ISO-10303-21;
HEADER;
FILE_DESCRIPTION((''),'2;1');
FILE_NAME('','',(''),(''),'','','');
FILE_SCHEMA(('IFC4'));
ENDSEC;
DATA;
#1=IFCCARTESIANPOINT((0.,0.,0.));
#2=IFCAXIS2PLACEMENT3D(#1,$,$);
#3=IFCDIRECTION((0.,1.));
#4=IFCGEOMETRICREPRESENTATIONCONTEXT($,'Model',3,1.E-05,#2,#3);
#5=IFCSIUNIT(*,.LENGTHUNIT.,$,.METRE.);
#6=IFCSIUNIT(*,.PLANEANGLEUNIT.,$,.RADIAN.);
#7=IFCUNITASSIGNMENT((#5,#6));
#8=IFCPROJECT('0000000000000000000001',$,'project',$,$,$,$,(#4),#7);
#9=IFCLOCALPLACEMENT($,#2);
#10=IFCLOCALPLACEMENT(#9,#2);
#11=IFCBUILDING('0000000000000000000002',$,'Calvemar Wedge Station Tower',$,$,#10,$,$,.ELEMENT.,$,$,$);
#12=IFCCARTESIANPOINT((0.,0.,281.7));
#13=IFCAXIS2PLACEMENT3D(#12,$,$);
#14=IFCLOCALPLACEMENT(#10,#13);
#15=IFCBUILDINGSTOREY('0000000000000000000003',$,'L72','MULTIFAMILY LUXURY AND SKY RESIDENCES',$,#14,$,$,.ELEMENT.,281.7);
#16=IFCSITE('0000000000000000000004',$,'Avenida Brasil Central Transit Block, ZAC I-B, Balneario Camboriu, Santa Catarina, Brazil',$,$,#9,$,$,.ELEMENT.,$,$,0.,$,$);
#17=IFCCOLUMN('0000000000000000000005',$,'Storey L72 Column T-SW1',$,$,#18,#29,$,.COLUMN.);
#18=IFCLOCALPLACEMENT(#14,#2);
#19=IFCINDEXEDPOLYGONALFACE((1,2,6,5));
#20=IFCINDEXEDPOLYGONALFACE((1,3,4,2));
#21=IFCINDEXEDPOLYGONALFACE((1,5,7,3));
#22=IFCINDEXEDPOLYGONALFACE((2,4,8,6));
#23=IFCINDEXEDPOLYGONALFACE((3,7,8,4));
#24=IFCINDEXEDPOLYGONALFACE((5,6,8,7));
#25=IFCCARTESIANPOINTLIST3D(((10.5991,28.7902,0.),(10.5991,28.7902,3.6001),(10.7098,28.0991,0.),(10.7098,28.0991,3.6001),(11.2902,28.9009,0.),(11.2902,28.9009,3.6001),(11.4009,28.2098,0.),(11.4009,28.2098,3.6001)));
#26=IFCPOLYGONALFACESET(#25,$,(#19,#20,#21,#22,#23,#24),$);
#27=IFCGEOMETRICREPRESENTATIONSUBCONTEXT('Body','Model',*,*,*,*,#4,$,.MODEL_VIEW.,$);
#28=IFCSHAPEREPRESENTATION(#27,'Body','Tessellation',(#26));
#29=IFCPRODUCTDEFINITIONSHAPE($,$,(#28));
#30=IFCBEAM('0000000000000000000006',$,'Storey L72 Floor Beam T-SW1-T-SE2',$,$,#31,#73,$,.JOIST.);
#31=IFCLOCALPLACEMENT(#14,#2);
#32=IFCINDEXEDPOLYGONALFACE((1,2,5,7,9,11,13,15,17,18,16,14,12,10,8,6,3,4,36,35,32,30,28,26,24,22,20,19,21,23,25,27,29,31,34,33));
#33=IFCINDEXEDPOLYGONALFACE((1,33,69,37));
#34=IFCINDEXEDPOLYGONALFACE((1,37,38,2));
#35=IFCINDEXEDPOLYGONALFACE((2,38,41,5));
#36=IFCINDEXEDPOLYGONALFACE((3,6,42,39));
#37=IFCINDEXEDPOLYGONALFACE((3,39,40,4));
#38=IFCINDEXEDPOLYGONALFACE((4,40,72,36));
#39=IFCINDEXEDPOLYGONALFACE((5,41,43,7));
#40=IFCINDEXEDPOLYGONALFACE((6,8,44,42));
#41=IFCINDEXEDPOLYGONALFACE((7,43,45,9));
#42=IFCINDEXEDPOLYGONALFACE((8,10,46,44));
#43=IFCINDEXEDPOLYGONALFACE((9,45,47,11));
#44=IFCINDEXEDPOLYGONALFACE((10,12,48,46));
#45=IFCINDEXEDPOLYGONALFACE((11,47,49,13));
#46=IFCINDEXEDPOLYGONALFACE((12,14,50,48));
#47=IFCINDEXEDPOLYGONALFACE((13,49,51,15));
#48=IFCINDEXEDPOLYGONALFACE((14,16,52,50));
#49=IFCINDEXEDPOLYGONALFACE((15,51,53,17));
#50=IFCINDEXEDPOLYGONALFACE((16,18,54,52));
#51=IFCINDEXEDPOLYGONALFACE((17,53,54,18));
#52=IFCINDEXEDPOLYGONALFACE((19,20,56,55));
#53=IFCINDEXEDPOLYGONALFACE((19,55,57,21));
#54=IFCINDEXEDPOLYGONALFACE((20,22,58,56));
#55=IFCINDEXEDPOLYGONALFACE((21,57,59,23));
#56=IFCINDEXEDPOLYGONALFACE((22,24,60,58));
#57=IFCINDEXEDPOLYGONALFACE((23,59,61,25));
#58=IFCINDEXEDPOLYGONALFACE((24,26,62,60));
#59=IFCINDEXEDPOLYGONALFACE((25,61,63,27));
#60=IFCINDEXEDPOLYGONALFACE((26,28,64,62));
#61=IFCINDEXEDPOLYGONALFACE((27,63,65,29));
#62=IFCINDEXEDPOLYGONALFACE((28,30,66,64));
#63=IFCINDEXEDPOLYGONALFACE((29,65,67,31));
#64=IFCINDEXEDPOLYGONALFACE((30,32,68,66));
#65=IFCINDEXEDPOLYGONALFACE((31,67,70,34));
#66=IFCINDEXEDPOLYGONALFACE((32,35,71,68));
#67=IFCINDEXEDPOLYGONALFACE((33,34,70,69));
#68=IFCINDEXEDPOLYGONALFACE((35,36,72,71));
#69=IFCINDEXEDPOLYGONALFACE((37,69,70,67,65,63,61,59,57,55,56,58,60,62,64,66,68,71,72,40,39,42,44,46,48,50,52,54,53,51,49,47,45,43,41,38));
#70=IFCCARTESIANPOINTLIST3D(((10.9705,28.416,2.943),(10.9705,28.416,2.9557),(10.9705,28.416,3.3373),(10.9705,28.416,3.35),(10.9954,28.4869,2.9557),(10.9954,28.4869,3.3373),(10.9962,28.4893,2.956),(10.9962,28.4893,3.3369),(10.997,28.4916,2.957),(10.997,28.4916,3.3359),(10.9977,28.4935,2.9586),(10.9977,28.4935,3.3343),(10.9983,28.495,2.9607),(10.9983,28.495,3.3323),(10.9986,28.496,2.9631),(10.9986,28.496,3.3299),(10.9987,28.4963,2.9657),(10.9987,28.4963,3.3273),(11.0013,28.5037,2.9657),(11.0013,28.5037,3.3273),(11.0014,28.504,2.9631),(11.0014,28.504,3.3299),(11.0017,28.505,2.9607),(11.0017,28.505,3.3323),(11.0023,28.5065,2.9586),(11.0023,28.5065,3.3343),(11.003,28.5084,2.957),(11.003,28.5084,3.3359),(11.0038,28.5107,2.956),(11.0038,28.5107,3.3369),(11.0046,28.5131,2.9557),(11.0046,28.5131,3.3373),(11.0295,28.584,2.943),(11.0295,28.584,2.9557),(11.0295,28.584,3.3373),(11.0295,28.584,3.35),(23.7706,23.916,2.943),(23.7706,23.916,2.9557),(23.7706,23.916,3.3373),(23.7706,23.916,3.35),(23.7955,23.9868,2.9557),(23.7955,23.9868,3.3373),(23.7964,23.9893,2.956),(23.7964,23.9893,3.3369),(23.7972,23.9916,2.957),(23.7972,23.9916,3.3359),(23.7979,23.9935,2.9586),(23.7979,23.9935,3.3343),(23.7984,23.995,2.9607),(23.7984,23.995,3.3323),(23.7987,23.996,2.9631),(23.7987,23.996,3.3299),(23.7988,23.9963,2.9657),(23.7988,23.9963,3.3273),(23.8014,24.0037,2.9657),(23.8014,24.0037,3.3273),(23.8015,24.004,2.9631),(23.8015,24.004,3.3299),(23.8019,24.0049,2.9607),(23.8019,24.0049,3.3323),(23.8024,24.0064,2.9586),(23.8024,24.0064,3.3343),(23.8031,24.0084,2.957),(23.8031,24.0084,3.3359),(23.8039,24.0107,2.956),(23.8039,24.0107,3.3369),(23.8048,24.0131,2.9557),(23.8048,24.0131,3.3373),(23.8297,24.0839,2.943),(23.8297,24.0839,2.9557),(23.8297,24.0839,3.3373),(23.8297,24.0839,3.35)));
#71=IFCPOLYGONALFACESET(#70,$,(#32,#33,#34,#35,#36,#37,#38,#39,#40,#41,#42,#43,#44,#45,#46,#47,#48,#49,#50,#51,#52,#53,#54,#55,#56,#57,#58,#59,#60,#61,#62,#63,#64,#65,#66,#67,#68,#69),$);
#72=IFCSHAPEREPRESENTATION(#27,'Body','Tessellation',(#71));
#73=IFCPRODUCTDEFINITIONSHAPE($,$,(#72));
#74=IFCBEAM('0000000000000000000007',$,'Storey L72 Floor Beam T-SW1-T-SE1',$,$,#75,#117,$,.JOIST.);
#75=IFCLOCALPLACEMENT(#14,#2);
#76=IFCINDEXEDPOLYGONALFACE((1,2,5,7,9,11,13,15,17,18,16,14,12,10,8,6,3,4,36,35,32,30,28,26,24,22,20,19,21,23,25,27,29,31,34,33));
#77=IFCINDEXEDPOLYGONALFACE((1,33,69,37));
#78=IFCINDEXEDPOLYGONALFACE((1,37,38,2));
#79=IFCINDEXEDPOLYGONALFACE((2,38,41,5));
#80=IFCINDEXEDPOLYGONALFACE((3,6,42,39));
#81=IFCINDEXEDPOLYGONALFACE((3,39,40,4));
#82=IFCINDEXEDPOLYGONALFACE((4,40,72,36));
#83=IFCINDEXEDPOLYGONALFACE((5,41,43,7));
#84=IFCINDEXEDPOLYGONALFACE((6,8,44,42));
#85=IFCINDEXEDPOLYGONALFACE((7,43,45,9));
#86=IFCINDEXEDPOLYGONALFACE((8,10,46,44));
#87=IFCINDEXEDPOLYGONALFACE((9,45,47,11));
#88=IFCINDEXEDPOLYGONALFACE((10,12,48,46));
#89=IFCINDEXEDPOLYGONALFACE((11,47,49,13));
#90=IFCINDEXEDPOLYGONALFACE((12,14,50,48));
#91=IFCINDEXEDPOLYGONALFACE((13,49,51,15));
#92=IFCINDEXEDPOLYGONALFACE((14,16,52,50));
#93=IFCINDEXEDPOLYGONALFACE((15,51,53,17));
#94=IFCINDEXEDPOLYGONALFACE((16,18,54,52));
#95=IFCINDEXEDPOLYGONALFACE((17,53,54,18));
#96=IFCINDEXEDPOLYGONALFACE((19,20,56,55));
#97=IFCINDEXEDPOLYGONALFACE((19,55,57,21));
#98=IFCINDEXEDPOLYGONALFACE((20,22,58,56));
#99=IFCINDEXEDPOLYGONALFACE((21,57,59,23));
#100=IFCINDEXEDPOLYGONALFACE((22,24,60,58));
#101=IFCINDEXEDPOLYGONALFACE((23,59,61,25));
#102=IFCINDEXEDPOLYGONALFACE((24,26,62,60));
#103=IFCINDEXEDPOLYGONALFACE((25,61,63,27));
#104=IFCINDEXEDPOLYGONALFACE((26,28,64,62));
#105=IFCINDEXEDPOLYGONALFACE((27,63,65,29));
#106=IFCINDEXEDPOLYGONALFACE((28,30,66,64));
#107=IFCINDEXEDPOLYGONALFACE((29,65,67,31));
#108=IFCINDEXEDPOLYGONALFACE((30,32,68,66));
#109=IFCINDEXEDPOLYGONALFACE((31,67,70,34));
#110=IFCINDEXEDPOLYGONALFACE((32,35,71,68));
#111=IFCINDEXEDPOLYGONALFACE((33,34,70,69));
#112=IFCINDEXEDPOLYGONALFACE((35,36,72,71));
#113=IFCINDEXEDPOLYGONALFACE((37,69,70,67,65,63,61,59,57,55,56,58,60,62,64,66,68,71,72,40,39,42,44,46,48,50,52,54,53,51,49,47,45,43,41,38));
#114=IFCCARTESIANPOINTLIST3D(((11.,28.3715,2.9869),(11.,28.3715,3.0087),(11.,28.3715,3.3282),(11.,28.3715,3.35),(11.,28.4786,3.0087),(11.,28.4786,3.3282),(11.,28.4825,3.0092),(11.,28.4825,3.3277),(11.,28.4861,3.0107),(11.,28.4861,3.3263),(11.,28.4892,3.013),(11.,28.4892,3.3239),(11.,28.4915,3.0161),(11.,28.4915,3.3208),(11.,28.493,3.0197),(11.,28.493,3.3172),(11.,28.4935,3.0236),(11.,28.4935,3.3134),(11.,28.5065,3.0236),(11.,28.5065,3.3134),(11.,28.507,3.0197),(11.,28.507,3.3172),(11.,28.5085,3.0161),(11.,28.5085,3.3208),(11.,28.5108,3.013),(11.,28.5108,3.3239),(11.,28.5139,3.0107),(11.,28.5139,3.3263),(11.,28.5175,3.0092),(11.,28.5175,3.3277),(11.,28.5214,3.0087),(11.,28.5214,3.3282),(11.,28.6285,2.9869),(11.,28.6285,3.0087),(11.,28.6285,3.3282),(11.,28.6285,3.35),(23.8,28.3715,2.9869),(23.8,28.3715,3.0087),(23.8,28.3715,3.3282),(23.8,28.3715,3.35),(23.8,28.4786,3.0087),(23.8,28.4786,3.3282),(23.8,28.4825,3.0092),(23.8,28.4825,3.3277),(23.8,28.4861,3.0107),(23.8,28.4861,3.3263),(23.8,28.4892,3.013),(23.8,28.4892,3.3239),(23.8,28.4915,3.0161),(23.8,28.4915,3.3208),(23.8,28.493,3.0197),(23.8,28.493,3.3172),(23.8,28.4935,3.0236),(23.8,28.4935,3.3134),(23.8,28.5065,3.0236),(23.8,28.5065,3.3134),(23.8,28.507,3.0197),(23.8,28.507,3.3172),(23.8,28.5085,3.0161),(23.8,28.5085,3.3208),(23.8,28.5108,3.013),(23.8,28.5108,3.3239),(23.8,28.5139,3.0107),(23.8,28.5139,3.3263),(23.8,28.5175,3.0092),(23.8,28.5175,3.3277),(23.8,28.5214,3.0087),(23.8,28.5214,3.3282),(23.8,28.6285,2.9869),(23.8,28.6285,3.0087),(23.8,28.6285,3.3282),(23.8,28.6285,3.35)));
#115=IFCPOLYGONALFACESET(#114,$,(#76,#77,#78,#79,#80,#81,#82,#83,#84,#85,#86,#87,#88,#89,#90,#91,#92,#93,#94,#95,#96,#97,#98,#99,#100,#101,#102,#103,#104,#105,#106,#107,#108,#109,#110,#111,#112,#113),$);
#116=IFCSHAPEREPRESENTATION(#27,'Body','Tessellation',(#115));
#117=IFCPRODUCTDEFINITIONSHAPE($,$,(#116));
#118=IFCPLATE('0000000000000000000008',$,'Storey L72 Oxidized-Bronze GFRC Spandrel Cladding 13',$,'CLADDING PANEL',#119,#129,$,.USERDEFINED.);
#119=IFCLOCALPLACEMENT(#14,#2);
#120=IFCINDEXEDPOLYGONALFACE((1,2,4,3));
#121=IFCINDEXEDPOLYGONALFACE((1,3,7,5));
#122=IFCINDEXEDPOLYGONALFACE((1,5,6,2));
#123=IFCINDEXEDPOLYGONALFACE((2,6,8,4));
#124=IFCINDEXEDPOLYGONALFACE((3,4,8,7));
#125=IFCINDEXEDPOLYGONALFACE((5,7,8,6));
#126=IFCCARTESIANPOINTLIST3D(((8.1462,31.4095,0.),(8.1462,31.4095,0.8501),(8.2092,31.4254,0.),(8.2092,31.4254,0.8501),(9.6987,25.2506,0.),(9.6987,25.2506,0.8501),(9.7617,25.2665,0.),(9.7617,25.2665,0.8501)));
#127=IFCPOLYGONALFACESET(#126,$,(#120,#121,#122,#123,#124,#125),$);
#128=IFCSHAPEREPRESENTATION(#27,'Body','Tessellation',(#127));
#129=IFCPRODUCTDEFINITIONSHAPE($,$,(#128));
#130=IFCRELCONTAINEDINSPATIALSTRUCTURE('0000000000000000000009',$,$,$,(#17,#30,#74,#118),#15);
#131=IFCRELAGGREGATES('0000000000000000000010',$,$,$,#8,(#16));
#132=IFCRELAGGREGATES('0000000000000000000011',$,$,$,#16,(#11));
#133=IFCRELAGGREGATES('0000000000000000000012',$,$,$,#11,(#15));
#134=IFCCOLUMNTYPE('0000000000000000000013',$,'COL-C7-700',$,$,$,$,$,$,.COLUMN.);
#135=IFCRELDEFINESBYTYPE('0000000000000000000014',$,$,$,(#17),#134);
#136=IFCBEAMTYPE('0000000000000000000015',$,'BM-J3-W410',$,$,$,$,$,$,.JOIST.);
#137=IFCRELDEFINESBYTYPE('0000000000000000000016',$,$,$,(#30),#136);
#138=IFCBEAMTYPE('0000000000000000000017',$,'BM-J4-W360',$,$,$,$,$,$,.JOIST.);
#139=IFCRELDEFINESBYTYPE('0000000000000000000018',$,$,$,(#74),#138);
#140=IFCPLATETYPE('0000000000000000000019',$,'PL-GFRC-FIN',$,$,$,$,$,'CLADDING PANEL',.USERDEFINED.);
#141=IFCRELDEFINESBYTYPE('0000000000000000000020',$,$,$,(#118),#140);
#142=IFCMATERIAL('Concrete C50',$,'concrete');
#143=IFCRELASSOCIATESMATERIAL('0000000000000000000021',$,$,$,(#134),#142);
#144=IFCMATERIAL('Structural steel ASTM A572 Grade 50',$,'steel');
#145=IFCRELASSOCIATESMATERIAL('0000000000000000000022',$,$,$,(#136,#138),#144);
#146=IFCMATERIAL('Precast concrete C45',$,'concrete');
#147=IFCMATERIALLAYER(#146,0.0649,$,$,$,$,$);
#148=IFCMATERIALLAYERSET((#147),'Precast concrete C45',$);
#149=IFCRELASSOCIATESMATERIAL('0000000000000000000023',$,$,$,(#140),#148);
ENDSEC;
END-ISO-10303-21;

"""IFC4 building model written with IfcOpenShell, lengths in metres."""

from ifc_helpers import new_model, si_unit, direction, frame, frame_2d, origin, origin_2d, place, context, subcontext, project, spatial, rectangle, i_section, extrude, source, transform, mapped, material, layer, layer_set, material_profile, profile_set, type_object, element, save


model = new_model("IFC4")

# Units and contexts
model_context = context("Model", 3, precision=1e-05, world=origin(), true_north=direction((0.0, 1.0)))
body_context = subcontext(model_context, "Body", "Model", "MODEL_VIEW")
ifc_project = project(units=[si_unit("LENGTHUNIT", "METRE"), si_unit("PLANEANGLEUNIT", "RADIAN")], contexts=[model_context])

# Site, building, storey
site_placement = place(None, origin())
site = spatial("IfcSite", under=ifc_project, at=site_placement, Name="Avenida Brasil Central Transit Block, ZAC I-B, Balneario Camboriu, Santa Catarina, Brazil", CompositionType="ELEMENT", RefElevation=0.0)
building_placement = place(site_placement, origin())
building = spatial("IfcBuilding", under=site, at=building_placement, Name="Calvemar Wedge Station Tower", CompositionType="ELEMENT")
storey_placement = place(building_placement, frame((0.0, 0.0, 281.7)))
storey = spatial("IfcBuildingStorey", under=building, at=storey_placement, Name="L72", Description="MULTIFAMILY LUXURY AND SKY RESIDENCES", CompositionType="ELEMENT", Elevation=281.7)

# Column
ifc_material_1 = material(Name="Concrete C50", Category="concrete")
ifc_material_profile_1 = material_profile(ifc_material_1, rectangle(XDim=0.7, YDim=0.7, at=origin_2d()), Name="RC700x700")
ifc_profile_set_1 = profile_set([ifc_material_profile_1], Name="Concrete C50")
column_type = type_object("IfcColumnType", Name="COL-C7-700", PredefinedType="COLUMN", material=ifc_profile_set_1)
shared_shape_1 = source(origin(), body_context, "Body", "SweptSolid", [
    extrude(rectangle(XDim=0.7, YDim=0.7, at=origin_2d()), origin(), (0.0, 0.0, 1.0), 3.6001),
])
column_placement = place(storey_placement, frame((11.0, 28.5, 0.0), z_axis=(0.0, 0.0, 1.0), x_axis=(0.158158, -0.987414, 0.0)))
element("IfcColumn", 1, at=column_placement, inside=storey, type_object=column_type, Name="Storey L72 Column T-SW1", PredefinedType="COLUMN", context=body_context, shape_type="MappedRepresentation", body=[
    mapped(shared_shape_1, transform((0.0, 0.0, 0.0), scale=1.0)),
])

# Beams
ifc_material_2 = material(Name="Structural steel ASTM A572 Grade 50", Category="steel")
ifc_material_profile_2 = material_profile(ifc_material_2, i_section(OverallWidth=0.178, OverallDepth=0.407, WebThickness=0.0078, FlangeThickness=0.0127, FilletRadius=0.01, at=origin_2d()), Name="W410x60")
ifc_profile_set_2 = profile_set([ifc_material_profile_2], Name="Structural steel ASTM A572 Grade 50")
beam_type_1 = type_object("IfcBeamType", Name="BM-J3-W410", PredefinedType="JOIST", material=ifc_profile_set_2)
shared_shape_2 = source(origin(), body_context, "Body", "SweptSolid", [
    extrude(i_section(OverallWidth=0.178, OverallDepth=0.407, WebThickness=0.0078, FlangeThickness=0.0127, FilletRadius=0.01, at=origin_2d()), origin(), (0.0, 0.0, 1.0), 13.5681),
])
beam_1_placement = place(storey_placement, frame((11.0, 28.5, 3.1465), z_axis=(0.943398, -0.331662, 0.0), x_axis=(0.331662, 0.943398, 0.0)))
element("IfcBeam", 2, at=beam_1_placement, inside=storey, type_object=beam_type_1, Name="Storey L72 Floor Beam T-SW1-T-SE2", PredefinedType="JOIST", context=body_context, shape_type="MappedRepresentation", body=[
    mapped(shared_shape_2, transform((0.0, 0.0, 0.0), scale=1.0)),
])
ifc_material_profile_3 = material_profile(ifc_material_2, i_section(OverallWidth=0.2571, OverallDepth=0.363, WebThickness=0.0129, FlangeThickness=0.0217, FilletRadius=0.0149, at=origin_2d()), Name="W360x122")
ifc_profile_set_3 = profile_set([ifc_material_profile_3], Name="Structural steel ASTM A572 Grade 50")
beam_type_2 = type_object("IfcBeamType", Name="BM-J4-W360", PredefinedType="JOIST", material=ifc_profile_set_3)
shared_shape_3 = source(origin(), body_context, "Body", "SweptSolid", [
    extrude(i_section(OverallWidth=0.2571, OverallDepth=0.363, WebThickness=0.0129, FlangeThickness=0.0217, FilletRadius=0.0149, at=origin_2d()), origin(), (0.0, 0.0, 1.0), 12.8),
])
beam_2_placement = place(storey_placement, frame((11.0, 28.5, 3.1685), z_axis=(1.0, 0.0, 0.0), x_axis=(0.0, 1.0, 0.0)))
element("IfcBeam", 3, at=beam_2_placement, inside=storey, type_object=beam_type_2, Name="Storey L72 Floor Beam T-SW1-T-SE1", PredefinedType="JOIST", context=body_context, shape_type="MappedRepresentation", body=[
    mapped(shared_shape_3, transform((0.0, 0.0, 0.0), scale=1.0)),
])

# Plate
ifc_material_3 = material(Name="Precast concrete C45", Category="concrete")
ifc_layer_1 = layer(ifc_material_3, 0.0649)
ifc_layer_set_1 = layer_set([ifc_layer_1], Name="Precast concrete C45")
plate_type = type_object("IfcPlateType", Name="PL-GFRC-FIN", ElementType="CLADDING PANEL", PredefinedType="USERDEFINED", material=ifc_layer_set_1)
plate_placement = place(storey_placement, frame((8.1777, 31.4175, 0.0), z_axis=(0.0, 0.0, 1.0), x_axis=(0.244425, -0.969668, 0.0)))
element("IfcPlate", 4, at=plate_placement, inside=storey, type_object=plate_type, Name="Storey L72 Oxidized-Bronze GFRC Spandrel Cladding 13", ObjectType="CLADDING PANEL", PredefinedType="USERDEFINED", context=body_context, shape_type="SweptSolid", body=[
    extrude(rectangle(XDim=6.3516, YDim=0.0649, at=frame_2d((3.1758, 0.0))), origin(), (0.0, 0.0, 1.0), 0.8501),
])

save(model, "model.ifc")
